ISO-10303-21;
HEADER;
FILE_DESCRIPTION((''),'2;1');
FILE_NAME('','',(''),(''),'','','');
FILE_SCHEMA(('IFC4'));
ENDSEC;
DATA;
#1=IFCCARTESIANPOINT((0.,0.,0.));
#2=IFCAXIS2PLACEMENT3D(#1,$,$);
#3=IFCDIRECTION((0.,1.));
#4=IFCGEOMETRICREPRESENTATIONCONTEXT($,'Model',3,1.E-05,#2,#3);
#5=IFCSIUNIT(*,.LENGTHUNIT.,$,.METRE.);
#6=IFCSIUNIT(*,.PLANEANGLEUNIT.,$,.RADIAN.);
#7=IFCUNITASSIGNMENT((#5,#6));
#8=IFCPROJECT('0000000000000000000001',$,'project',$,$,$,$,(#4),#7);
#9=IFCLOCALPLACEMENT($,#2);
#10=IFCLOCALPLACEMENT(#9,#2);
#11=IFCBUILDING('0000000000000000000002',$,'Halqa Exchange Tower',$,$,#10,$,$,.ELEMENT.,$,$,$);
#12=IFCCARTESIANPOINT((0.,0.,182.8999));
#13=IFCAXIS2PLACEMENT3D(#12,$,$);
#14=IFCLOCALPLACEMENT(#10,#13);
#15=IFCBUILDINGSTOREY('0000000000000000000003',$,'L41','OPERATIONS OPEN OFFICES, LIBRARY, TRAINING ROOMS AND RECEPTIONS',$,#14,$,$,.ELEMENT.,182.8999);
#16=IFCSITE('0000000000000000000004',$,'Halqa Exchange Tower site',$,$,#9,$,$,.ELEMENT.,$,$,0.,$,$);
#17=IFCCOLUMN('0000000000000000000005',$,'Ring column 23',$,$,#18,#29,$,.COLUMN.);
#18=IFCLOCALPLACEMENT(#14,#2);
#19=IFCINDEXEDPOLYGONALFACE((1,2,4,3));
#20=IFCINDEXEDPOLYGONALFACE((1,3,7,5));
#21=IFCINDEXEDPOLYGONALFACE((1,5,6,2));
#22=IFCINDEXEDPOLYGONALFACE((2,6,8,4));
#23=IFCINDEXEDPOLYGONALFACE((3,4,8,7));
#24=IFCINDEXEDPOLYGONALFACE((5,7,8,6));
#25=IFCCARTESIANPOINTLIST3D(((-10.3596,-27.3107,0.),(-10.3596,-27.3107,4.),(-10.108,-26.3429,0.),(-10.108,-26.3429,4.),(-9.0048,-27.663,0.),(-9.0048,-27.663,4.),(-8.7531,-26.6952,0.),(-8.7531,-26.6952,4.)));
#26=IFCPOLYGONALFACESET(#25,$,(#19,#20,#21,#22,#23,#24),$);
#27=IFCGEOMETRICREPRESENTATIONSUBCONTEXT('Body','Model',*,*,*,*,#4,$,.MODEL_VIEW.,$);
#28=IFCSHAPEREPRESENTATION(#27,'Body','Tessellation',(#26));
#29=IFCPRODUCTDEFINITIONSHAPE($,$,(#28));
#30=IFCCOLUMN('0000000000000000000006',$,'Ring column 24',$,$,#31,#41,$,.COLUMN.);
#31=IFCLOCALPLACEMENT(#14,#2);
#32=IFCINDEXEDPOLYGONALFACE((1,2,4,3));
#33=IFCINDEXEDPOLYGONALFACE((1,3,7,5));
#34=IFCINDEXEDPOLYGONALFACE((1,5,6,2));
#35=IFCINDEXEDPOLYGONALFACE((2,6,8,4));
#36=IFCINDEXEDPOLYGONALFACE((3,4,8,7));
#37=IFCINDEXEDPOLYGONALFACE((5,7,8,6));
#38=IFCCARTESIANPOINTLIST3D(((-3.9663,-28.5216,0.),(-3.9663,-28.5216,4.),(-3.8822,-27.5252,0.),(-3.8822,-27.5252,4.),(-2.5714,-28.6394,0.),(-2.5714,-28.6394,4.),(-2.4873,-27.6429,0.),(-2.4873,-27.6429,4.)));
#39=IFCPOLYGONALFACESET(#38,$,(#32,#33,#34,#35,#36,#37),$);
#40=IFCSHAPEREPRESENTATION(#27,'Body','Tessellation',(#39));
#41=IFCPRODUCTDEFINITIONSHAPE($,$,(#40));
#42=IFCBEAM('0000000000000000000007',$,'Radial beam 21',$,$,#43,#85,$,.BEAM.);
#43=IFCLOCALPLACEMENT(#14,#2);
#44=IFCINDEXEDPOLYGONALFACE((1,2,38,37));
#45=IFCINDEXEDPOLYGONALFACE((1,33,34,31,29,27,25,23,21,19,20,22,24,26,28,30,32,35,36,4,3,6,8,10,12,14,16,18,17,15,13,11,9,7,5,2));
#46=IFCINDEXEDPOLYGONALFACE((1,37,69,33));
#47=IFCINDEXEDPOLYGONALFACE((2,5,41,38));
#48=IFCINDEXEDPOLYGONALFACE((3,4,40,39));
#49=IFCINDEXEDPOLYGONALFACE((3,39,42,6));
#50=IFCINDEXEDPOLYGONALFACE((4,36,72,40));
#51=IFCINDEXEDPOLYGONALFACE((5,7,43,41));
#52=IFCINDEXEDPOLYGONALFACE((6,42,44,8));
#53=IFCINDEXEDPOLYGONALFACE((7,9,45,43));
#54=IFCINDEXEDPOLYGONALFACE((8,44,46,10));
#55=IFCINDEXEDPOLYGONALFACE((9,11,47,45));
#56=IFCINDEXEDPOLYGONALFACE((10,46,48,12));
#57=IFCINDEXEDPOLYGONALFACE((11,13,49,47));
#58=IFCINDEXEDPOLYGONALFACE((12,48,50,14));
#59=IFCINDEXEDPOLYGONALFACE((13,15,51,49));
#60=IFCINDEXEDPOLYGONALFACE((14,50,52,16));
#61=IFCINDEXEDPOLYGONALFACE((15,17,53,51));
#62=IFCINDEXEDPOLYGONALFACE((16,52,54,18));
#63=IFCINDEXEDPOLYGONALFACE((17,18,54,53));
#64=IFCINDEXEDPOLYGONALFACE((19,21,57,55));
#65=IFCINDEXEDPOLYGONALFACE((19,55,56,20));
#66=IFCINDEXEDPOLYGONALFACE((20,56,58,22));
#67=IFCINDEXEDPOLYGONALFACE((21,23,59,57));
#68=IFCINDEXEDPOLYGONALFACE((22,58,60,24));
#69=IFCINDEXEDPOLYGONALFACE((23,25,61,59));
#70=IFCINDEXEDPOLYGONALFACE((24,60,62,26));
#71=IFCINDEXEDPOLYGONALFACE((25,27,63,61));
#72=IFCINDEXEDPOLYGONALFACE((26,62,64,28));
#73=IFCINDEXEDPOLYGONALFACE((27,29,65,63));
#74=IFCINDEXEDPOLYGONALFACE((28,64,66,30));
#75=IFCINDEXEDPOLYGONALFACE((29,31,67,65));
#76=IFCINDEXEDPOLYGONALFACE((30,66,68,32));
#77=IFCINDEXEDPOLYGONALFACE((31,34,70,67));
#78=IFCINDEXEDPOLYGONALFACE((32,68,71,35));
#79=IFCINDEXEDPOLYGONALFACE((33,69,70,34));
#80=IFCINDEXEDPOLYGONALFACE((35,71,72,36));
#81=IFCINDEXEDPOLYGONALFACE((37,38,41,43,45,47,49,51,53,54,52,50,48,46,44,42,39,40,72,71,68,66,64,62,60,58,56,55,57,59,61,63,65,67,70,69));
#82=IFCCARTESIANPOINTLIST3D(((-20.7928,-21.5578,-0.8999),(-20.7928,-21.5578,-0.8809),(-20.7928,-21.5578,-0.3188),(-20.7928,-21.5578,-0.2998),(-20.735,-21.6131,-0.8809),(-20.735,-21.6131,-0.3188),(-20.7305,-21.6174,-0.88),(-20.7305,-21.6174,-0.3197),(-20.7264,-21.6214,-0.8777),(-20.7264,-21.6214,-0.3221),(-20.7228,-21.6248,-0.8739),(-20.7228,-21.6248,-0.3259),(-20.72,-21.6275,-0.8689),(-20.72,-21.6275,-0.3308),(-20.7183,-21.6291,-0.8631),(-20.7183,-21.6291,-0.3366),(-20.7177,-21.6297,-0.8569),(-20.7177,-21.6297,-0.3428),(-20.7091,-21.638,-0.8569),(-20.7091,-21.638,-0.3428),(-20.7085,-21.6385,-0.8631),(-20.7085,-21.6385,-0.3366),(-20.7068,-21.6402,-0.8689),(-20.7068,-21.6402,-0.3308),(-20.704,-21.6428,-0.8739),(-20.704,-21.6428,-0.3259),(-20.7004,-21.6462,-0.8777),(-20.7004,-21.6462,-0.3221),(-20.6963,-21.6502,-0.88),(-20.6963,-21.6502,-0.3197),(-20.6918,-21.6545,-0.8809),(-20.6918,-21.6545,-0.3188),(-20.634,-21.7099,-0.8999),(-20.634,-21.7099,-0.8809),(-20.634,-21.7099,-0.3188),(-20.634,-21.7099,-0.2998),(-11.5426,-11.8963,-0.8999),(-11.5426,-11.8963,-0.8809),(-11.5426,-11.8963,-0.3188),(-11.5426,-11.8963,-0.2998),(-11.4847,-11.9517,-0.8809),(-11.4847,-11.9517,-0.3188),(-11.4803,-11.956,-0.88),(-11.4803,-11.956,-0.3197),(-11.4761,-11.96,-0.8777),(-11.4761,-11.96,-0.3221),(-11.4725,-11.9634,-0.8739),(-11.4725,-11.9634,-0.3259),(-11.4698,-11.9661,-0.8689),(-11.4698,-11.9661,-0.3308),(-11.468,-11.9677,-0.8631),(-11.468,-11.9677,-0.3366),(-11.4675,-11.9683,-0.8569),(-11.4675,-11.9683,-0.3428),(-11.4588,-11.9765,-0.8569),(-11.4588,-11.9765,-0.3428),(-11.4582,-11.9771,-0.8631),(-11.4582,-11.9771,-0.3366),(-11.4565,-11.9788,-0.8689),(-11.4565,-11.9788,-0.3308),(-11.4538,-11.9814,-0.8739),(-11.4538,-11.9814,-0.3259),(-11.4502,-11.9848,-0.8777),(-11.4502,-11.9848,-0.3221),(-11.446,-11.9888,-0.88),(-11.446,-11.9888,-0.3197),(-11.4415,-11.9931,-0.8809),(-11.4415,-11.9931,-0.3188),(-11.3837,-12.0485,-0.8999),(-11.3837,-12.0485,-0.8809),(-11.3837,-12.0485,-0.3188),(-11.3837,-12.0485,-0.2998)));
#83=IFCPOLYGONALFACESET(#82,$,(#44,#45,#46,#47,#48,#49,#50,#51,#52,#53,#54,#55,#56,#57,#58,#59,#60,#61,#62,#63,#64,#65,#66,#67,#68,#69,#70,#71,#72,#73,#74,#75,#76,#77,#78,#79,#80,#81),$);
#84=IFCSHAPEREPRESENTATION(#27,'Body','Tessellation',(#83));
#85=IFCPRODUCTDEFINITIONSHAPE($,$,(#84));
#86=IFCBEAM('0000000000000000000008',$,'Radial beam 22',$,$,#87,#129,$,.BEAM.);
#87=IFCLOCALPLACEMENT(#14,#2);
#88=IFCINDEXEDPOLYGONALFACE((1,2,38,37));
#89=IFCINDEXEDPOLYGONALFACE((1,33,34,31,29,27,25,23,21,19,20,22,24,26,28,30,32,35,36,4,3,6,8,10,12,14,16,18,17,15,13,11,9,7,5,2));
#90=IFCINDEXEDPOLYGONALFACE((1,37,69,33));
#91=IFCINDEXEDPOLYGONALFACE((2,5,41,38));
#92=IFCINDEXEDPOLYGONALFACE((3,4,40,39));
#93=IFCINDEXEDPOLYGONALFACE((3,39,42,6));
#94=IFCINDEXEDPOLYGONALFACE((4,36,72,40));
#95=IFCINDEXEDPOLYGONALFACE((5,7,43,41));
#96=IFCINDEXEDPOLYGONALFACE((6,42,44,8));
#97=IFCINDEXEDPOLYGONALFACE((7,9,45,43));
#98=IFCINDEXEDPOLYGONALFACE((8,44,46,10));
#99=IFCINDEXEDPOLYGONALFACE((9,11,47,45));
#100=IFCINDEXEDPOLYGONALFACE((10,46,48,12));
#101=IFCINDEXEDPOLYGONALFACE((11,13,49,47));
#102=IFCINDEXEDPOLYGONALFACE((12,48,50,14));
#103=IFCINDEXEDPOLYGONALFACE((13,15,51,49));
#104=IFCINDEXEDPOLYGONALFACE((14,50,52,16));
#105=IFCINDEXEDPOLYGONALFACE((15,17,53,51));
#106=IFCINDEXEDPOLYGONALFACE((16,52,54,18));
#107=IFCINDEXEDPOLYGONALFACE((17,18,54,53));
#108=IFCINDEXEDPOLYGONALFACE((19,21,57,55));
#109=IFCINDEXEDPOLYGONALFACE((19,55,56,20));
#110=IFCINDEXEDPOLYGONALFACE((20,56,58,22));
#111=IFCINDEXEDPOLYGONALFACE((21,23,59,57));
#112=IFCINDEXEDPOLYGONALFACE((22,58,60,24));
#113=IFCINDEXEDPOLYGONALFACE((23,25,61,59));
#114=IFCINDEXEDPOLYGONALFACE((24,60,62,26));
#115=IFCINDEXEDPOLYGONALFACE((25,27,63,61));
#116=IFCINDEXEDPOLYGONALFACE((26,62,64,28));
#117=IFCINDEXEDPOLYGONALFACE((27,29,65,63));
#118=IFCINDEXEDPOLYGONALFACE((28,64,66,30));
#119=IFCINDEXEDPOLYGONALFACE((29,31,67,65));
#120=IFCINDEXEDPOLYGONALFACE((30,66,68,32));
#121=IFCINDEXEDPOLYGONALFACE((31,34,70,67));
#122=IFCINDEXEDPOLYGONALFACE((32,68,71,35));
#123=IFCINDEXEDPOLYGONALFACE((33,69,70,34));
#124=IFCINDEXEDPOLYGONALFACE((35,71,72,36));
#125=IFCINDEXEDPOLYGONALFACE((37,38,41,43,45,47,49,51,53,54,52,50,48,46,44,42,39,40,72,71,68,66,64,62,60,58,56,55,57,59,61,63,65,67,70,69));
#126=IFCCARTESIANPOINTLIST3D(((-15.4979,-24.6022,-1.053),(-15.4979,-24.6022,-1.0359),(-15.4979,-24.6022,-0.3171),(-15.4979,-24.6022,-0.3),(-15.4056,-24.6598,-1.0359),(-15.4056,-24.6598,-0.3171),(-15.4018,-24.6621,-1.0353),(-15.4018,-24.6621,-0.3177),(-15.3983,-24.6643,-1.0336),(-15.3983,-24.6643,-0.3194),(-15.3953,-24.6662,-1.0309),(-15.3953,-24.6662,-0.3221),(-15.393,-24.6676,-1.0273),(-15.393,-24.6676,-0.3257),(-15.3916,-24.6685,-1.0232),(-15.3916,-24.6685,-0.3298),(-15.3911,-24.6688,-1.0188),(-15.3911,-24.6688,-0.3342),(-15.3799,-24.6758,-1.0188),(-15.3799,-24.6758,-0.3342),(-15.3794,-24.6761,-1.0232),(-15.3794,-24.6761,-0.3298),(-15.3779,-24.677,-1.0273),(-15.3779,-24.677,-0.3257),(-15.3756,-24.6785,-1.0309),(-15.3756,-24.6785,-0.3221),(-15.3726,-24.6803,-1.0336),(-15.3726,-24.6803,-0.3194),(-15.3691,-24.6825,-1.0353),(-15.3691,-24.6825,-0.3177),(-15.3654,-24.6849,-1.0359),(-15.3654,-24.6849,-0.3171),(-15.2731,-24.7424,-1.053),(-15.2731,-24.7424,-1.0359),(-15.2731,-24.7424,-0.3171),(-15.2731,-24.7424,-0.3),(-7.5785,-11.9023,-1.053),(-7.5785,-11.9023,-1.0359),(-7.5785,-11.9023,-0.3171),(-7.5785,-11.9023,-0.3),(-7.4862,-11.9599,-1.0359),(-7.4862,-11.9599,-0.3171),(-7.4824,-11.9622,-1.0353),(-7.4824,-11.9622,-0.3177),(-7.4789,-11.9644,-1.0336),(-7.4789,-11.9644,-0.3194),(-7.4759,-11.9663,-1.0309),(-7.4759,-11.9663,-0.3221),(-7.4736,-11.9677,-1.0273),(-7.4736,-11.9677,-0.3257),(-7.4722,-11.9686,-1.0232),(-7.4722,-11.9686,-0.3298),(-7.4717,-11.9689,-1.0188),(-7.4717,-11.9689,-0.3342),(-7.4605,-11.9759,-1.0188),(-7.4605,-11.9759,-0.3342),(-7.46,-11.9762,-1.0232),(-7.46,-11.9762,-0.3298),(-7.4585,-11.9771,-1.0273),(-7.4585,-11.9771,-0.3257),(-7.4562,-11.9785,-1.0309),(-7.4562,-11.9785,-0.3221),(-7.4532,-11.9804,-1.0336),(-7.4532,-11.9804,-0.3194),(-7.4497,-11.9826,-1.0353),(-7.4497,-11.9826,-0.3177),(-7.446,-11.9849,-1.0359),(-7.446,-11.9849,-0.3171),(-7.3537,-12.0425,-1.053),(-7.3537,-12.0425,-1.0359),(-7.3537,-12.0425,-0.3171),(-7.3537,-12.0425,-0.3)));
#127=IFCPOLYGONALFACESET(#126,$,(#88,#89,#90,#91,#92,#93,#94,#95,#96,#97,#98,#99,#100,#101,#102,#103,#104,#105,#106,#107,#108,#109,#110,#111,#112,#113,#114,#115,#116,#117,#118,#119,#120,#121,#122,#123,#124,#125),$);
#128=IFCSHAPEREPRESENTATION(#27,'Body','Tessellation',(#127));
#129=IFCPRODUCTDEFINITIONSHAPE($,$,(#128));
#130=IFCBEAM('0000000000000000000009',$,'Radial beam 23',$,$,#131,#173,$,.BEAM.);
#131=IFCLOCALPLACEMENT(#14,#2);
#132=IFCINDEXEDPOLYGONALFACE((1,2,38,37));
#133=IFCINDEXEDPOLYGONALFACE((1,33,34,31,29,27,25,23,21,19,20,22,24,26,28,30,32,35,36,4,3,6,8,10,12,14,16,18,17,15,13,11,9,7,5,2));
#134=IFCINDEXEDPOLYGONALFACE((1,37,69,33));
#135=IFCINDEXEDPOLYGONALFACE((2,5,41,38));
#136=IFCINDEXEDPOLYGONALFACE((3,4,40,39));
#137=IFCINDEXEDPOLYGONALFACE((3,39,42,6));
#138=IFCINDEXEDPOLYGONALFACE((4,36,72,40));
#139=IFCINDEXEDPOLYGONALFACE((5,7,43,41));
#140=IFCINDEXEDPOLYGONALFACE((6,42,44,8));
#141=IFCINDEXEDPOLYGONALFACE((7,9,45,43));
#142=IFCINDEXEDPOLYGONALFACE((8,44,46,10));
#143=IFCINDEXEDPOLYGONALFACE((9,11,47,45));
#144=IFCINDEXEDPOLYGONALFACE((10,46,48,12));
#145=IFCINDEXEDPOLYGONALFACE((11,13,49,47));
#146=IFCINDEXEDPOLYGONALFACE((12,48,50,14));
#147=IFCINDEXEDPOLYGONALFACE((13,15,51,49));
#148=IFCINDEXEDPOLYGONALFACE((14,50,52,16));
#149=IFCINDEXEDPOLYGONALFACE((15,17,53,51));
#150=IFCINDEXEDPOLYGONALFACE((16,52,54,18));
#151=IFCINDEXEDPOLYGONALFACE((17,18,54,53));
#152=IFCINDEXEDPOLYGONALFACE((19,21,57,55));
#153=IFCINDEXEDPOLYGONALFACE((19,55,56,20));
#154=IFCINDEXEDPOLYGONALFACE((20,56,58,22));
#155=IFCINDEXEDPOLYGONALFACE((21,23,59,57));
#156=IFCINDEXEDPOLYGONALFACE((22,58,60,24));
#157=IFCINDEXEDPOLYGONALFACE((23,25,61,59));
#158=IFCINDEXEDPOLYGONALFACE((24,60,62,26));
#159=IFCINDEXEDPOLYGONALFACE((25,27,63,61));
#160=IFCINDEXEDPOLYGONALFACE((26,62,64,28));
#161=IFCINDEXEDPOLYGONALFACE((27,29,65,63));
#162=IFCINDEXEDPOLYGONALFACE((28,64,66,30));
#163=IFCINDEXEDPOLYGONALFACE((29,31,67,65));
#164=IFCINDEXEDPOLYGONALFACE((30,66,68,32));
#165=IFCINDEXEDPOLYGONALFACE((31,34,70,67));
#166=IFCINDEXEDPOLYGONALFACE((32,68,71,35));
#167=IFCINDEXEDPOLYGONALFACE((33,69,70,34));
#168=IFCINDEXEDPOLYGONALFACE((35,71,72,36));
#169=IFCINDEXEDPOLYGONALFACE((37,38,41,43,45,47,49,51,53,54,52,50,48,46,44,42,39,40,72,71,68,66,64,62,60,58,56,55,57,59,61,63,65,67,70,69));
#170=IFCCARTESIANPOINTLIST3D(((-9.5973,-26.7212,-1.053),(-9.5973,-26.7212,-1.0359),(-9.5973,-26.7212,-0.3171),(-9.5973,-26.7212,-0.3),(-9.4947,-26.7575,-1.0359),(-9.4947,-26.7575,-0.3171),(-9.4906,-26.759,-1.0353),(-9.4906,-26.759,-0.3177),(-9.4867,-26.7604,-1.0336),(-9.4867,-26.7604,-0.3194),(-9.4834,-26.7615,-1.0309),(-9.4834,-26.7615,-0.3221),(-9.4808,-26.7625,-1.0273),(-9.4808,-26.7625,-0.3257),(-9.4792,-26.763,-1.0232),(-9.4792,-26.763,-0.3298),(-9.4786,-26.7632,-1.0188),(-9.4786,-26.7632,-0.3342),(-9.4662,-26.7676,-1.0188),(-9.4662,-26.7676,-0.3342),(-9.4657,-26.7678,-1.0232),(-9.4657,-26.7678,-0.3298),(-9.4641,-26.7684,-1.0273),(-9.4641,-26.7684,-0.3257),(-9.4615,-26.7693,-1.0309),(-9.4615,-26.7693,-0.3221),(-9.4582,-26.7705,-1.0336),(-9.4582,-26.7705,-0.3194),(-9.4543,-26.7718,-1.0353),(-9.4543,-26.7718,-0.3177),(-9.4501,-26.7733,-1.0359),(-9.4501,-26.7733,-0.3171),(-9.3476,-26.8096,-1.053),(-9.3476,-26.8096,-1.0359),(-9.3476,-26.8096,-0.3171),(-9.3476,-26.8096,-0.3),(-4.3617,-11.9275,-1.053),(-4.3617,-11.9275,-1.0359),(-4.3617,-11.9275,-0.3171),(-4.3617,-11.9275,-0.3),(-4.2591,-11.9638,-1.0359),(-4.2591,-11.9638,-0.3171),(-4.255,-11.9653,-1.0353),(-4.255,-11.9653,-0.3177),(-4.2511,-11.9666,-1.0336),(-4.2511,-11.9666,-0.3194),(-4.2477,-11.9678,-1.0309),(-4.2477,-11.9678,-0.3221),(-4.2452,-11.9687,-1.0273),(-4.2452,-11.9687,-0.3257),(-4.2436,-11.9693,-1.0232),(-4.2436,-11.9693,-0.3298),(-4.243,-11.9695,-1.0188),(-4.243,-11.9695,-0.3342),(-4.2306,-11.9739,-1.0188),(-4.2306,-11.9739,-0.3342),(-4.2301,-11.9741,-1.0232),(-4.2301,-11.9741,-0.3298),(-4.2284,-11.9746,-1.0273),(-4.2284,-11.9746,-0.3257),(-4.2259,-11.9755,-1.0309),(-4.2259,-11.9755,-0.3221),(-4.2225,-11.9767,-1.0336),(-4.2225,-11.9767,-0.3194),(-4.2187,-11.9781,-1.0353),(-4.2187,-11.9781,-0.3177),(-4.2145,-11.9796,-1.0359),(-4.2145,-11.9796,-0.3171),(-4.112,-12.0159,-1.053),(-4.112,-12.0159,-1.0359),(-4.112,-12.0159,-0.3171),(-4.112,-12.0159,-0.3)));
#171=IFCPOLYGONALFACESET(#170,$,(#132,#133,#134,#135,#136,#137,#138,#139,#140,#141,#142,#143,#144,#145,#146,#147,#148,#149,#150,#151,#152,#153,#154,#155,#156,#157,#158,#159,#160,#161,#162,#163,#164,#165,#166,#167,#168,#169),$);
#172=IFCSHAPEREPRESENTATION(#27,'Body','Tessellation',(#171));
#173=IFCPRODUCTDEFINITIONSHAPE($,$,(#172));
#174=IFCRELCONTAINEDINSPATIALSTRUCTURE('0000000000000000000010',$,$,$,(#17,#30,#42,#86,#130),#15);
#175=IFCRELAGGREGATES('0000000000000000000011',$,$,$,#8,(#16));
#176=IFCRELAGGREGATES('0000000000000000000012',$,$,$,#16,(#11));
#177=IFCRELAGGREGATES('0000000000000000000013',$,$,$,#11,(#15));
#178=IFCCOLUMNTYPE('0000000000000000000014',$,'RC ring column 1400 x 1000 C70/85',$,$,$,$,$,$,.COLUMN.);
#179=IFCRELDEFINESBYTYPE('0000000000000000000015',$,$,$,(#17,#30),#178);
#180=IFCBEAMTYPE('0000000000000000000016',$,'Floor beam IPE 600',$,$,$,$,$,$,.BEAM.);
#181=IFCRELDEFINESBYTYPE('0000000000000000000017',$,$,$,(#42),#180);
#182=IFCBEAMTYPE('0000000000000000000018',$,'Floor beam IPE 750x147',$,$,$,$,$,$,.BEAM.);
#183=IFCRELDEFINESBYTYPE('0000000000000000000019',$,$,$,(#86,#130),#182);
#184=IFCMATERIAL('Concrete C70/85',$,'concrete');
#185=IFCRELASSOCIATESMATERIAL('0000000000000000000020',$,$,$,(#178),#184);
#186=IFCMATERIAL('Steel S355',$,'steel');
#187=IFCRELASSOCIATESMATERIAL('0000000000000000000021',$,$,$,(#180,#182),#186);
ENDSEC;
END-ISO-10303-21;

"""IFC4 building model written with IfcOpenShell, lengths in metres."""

from ifc_helpers import new_model, si_unit, direction, frame, origin, origin_2d, place, context, subcontext, project, spatial, rectangle, i_section, extrude, material, material_profile, profile_set, type_object, element, save


model = new_model("IFC4")

# Units and contexts
model_context = context("Model", 3, precision=1e-05, world=origin(), true_north=direction((0.0, 1.0)))
body_context = subcontext(model_context, "Body", "Model", "MODEL_VIEW")
ifc_project = project(units=[si_unit("LENGTHUNIT", "METRE"), si_unit("PLANEANGLEUNIT", "RADIAN")], contexts=[model_context])

# Site, building, storey
site_placement = place(None, origin())
site = spatial("IfcSite", under=ifc_project, at=site_placement, Name="Halqa Exchange Tower site", CompositionType="ELEMENT", RefElevation=0.0)
building_placement = place(site_placement, origin())
building = spatial("IfcBuilding", under=site, at=building_placement, Name="Halqa Exchange Tower", CompositionType="ELEMENT")
storey_placement = place(building_placement, frame((0.0, 0.0, 182.8999)))
storey = spatial("IfcBuildingStorey", under=building, at=storey_placement, Name="L41", Description="OPERATIONS OPEN OFFICES, LIBRARY, TRAINING ROOMS AND RECEPTIONS", CompositionType="ELEMENT", Elevation=182.8999)

# Columns
ifc_material_1 = material(Name="Concrete C70/85", Category="concrete")
ifc_material_profile_1 = material_profile(ifc_material_1, rectangle(XDim=1.3999, YDim=1.0, at=origin_2d()), Name="1400 x 1000")
ifc_profile_set_1 = profile_set([ifc_material_profile_1], Name="Concrete C70/85")
column_type = type_object("IfcColumnType", Name="RC ring column 1400 x 1000 C70/85", PredefinedType="COLUMN", material=ifc_profile_set_1)
for number, where, z_axis, x_axis, name in (
    (1, (-9.5564, -27.0029, 0.0), (0.0, 0.0, 1.0), (0.96782, -0.251645, 0.0), "Ring column 23"),
    (2, (-3.2268, -28.0823, 0.0), (0.0, 0.0, 1.0), (0.996455, -0.084123, 0.0), "Ring column 24"),
):
    element("IfcColumn", number, at=place(storey_placement, frame(where, z_axis=z_axis, x_axis=x_axis)), inside=storey, type_object=column_type, Name=name, PredefinedType="COLUMN", context=body_context, shape_type="SweptSolid", body=[
        extrude(rectangle(XDim=1.3999, YDim=1.0, at=origin_2d()), origin(), (0.0, 0.0, 1.0), 4.0),
    ])

# Beams
ifc_material_2 = material(Name="Steel S355", Category="steel")
ifc_material_profile_2 = material_profile(ifc_material_2, i_section(OverallWidth=0.22, OverallDepth=0.6001, WebThickness=0.012, FlangeThickness=0.019, FilletRadius=0.0239, at=origin_2d()), Name="IPE 600")
ifc_profile_set_2 = profile_set([ifc_material_profile_2], Name="Steel S355")
beam_type_1 = type_object("IfcBeamType", Name="Floor beam IPE 600", PredefinedType="BEAM", material=ifc_profile_set_2)
beam_1_placement = place(storey_placement, frame((-11.4631, -11.9724, -0.5999), z_axis=(-0.691571, -0.722308, 0.0), x_axis=(0.722308, -0.691571, 0.0)))
element("IfcBeam", 3, at=beam_1_placement, inside=storey, type_object=beam_type_1, Name="Radial beam 21", PredefinedType="BEAM", context=body_context, shape_type="SweptSolid", body=[
    extrude(i_section(OverallWidth=0.22, OverallDepth=0.6001, WebThickness=0.012, FlangeThickness=0.019, FilletRadius=0.0239, at=origin_2d()), origin(), (0.0, 0.0, 1.0), 13.3757),
])
ifc_material_profile_3 = material_profile(ifc_material_2, i_section(OverallWidth=0.2649, OverallDepth=0.7529, WebThickness=0.0132, FlangeThickness=0.0171, FilletRadius=0.0171, at=origin_2d()), Name="IPE 750x147")
ifc_profile_set_3 = profile_set([ifc_material_profile_3], Name="Steel S355")
beam_type_2 = type_object("IfcBeamType", Name="Floor beam IPE 750x147", PredefinedType="BEAM", material=ifc_profile_set_3)
beam_2_placement = place(storey_placement, frame((-7.4661, -11.9724, -0.6765), z_axis=(-0.529132, -0.848539, 0.0), x_axis=(0.848539, -0.529132, 0.0)))
element("IfcBeam", 4, at=beam_2_placement, inside=storey, type_object=beam_type_2, Name="Radial beam 22", PredefinedType="BEAM", context=body_context, shape_type="SweptSolid", body=[
    extrude(i_section(OverallWidth=0.2649, OverallDepth=0.7529, WebThickness=0.0132, FlangeThickness=0.0171, FilletRadius=0.0171, at=origin_2d()), origin(), (0.0, 0.0, 1.0), 14.9668),
])
beam_3_placement = place(storey_placement, frame((-4.2368, -11.9717, -0.6765), z_axis=(-0.33363, -0.942704, 0.0), x_axis=(0.942704, -0.33363, 0.0)))
element("IfcBeam", 5, at=beam_3_placement, inside=storey, type_object=beam_type_2, Name="Radial beam 23", PredefinedType="BEAM", context=body_context, shape_type="SweptSolid", body=[
    extrude(i_section(OverallWidth=0.2649, OverallDepth=0.7529, WebThickness=0.0132, FlangeThickness=0.0171, FilletRadius=0.0171, at=origin_2d()), origin(), (0.0, 0.0, 1.0), 15.6929),
])

save(model, "model.ifc")
